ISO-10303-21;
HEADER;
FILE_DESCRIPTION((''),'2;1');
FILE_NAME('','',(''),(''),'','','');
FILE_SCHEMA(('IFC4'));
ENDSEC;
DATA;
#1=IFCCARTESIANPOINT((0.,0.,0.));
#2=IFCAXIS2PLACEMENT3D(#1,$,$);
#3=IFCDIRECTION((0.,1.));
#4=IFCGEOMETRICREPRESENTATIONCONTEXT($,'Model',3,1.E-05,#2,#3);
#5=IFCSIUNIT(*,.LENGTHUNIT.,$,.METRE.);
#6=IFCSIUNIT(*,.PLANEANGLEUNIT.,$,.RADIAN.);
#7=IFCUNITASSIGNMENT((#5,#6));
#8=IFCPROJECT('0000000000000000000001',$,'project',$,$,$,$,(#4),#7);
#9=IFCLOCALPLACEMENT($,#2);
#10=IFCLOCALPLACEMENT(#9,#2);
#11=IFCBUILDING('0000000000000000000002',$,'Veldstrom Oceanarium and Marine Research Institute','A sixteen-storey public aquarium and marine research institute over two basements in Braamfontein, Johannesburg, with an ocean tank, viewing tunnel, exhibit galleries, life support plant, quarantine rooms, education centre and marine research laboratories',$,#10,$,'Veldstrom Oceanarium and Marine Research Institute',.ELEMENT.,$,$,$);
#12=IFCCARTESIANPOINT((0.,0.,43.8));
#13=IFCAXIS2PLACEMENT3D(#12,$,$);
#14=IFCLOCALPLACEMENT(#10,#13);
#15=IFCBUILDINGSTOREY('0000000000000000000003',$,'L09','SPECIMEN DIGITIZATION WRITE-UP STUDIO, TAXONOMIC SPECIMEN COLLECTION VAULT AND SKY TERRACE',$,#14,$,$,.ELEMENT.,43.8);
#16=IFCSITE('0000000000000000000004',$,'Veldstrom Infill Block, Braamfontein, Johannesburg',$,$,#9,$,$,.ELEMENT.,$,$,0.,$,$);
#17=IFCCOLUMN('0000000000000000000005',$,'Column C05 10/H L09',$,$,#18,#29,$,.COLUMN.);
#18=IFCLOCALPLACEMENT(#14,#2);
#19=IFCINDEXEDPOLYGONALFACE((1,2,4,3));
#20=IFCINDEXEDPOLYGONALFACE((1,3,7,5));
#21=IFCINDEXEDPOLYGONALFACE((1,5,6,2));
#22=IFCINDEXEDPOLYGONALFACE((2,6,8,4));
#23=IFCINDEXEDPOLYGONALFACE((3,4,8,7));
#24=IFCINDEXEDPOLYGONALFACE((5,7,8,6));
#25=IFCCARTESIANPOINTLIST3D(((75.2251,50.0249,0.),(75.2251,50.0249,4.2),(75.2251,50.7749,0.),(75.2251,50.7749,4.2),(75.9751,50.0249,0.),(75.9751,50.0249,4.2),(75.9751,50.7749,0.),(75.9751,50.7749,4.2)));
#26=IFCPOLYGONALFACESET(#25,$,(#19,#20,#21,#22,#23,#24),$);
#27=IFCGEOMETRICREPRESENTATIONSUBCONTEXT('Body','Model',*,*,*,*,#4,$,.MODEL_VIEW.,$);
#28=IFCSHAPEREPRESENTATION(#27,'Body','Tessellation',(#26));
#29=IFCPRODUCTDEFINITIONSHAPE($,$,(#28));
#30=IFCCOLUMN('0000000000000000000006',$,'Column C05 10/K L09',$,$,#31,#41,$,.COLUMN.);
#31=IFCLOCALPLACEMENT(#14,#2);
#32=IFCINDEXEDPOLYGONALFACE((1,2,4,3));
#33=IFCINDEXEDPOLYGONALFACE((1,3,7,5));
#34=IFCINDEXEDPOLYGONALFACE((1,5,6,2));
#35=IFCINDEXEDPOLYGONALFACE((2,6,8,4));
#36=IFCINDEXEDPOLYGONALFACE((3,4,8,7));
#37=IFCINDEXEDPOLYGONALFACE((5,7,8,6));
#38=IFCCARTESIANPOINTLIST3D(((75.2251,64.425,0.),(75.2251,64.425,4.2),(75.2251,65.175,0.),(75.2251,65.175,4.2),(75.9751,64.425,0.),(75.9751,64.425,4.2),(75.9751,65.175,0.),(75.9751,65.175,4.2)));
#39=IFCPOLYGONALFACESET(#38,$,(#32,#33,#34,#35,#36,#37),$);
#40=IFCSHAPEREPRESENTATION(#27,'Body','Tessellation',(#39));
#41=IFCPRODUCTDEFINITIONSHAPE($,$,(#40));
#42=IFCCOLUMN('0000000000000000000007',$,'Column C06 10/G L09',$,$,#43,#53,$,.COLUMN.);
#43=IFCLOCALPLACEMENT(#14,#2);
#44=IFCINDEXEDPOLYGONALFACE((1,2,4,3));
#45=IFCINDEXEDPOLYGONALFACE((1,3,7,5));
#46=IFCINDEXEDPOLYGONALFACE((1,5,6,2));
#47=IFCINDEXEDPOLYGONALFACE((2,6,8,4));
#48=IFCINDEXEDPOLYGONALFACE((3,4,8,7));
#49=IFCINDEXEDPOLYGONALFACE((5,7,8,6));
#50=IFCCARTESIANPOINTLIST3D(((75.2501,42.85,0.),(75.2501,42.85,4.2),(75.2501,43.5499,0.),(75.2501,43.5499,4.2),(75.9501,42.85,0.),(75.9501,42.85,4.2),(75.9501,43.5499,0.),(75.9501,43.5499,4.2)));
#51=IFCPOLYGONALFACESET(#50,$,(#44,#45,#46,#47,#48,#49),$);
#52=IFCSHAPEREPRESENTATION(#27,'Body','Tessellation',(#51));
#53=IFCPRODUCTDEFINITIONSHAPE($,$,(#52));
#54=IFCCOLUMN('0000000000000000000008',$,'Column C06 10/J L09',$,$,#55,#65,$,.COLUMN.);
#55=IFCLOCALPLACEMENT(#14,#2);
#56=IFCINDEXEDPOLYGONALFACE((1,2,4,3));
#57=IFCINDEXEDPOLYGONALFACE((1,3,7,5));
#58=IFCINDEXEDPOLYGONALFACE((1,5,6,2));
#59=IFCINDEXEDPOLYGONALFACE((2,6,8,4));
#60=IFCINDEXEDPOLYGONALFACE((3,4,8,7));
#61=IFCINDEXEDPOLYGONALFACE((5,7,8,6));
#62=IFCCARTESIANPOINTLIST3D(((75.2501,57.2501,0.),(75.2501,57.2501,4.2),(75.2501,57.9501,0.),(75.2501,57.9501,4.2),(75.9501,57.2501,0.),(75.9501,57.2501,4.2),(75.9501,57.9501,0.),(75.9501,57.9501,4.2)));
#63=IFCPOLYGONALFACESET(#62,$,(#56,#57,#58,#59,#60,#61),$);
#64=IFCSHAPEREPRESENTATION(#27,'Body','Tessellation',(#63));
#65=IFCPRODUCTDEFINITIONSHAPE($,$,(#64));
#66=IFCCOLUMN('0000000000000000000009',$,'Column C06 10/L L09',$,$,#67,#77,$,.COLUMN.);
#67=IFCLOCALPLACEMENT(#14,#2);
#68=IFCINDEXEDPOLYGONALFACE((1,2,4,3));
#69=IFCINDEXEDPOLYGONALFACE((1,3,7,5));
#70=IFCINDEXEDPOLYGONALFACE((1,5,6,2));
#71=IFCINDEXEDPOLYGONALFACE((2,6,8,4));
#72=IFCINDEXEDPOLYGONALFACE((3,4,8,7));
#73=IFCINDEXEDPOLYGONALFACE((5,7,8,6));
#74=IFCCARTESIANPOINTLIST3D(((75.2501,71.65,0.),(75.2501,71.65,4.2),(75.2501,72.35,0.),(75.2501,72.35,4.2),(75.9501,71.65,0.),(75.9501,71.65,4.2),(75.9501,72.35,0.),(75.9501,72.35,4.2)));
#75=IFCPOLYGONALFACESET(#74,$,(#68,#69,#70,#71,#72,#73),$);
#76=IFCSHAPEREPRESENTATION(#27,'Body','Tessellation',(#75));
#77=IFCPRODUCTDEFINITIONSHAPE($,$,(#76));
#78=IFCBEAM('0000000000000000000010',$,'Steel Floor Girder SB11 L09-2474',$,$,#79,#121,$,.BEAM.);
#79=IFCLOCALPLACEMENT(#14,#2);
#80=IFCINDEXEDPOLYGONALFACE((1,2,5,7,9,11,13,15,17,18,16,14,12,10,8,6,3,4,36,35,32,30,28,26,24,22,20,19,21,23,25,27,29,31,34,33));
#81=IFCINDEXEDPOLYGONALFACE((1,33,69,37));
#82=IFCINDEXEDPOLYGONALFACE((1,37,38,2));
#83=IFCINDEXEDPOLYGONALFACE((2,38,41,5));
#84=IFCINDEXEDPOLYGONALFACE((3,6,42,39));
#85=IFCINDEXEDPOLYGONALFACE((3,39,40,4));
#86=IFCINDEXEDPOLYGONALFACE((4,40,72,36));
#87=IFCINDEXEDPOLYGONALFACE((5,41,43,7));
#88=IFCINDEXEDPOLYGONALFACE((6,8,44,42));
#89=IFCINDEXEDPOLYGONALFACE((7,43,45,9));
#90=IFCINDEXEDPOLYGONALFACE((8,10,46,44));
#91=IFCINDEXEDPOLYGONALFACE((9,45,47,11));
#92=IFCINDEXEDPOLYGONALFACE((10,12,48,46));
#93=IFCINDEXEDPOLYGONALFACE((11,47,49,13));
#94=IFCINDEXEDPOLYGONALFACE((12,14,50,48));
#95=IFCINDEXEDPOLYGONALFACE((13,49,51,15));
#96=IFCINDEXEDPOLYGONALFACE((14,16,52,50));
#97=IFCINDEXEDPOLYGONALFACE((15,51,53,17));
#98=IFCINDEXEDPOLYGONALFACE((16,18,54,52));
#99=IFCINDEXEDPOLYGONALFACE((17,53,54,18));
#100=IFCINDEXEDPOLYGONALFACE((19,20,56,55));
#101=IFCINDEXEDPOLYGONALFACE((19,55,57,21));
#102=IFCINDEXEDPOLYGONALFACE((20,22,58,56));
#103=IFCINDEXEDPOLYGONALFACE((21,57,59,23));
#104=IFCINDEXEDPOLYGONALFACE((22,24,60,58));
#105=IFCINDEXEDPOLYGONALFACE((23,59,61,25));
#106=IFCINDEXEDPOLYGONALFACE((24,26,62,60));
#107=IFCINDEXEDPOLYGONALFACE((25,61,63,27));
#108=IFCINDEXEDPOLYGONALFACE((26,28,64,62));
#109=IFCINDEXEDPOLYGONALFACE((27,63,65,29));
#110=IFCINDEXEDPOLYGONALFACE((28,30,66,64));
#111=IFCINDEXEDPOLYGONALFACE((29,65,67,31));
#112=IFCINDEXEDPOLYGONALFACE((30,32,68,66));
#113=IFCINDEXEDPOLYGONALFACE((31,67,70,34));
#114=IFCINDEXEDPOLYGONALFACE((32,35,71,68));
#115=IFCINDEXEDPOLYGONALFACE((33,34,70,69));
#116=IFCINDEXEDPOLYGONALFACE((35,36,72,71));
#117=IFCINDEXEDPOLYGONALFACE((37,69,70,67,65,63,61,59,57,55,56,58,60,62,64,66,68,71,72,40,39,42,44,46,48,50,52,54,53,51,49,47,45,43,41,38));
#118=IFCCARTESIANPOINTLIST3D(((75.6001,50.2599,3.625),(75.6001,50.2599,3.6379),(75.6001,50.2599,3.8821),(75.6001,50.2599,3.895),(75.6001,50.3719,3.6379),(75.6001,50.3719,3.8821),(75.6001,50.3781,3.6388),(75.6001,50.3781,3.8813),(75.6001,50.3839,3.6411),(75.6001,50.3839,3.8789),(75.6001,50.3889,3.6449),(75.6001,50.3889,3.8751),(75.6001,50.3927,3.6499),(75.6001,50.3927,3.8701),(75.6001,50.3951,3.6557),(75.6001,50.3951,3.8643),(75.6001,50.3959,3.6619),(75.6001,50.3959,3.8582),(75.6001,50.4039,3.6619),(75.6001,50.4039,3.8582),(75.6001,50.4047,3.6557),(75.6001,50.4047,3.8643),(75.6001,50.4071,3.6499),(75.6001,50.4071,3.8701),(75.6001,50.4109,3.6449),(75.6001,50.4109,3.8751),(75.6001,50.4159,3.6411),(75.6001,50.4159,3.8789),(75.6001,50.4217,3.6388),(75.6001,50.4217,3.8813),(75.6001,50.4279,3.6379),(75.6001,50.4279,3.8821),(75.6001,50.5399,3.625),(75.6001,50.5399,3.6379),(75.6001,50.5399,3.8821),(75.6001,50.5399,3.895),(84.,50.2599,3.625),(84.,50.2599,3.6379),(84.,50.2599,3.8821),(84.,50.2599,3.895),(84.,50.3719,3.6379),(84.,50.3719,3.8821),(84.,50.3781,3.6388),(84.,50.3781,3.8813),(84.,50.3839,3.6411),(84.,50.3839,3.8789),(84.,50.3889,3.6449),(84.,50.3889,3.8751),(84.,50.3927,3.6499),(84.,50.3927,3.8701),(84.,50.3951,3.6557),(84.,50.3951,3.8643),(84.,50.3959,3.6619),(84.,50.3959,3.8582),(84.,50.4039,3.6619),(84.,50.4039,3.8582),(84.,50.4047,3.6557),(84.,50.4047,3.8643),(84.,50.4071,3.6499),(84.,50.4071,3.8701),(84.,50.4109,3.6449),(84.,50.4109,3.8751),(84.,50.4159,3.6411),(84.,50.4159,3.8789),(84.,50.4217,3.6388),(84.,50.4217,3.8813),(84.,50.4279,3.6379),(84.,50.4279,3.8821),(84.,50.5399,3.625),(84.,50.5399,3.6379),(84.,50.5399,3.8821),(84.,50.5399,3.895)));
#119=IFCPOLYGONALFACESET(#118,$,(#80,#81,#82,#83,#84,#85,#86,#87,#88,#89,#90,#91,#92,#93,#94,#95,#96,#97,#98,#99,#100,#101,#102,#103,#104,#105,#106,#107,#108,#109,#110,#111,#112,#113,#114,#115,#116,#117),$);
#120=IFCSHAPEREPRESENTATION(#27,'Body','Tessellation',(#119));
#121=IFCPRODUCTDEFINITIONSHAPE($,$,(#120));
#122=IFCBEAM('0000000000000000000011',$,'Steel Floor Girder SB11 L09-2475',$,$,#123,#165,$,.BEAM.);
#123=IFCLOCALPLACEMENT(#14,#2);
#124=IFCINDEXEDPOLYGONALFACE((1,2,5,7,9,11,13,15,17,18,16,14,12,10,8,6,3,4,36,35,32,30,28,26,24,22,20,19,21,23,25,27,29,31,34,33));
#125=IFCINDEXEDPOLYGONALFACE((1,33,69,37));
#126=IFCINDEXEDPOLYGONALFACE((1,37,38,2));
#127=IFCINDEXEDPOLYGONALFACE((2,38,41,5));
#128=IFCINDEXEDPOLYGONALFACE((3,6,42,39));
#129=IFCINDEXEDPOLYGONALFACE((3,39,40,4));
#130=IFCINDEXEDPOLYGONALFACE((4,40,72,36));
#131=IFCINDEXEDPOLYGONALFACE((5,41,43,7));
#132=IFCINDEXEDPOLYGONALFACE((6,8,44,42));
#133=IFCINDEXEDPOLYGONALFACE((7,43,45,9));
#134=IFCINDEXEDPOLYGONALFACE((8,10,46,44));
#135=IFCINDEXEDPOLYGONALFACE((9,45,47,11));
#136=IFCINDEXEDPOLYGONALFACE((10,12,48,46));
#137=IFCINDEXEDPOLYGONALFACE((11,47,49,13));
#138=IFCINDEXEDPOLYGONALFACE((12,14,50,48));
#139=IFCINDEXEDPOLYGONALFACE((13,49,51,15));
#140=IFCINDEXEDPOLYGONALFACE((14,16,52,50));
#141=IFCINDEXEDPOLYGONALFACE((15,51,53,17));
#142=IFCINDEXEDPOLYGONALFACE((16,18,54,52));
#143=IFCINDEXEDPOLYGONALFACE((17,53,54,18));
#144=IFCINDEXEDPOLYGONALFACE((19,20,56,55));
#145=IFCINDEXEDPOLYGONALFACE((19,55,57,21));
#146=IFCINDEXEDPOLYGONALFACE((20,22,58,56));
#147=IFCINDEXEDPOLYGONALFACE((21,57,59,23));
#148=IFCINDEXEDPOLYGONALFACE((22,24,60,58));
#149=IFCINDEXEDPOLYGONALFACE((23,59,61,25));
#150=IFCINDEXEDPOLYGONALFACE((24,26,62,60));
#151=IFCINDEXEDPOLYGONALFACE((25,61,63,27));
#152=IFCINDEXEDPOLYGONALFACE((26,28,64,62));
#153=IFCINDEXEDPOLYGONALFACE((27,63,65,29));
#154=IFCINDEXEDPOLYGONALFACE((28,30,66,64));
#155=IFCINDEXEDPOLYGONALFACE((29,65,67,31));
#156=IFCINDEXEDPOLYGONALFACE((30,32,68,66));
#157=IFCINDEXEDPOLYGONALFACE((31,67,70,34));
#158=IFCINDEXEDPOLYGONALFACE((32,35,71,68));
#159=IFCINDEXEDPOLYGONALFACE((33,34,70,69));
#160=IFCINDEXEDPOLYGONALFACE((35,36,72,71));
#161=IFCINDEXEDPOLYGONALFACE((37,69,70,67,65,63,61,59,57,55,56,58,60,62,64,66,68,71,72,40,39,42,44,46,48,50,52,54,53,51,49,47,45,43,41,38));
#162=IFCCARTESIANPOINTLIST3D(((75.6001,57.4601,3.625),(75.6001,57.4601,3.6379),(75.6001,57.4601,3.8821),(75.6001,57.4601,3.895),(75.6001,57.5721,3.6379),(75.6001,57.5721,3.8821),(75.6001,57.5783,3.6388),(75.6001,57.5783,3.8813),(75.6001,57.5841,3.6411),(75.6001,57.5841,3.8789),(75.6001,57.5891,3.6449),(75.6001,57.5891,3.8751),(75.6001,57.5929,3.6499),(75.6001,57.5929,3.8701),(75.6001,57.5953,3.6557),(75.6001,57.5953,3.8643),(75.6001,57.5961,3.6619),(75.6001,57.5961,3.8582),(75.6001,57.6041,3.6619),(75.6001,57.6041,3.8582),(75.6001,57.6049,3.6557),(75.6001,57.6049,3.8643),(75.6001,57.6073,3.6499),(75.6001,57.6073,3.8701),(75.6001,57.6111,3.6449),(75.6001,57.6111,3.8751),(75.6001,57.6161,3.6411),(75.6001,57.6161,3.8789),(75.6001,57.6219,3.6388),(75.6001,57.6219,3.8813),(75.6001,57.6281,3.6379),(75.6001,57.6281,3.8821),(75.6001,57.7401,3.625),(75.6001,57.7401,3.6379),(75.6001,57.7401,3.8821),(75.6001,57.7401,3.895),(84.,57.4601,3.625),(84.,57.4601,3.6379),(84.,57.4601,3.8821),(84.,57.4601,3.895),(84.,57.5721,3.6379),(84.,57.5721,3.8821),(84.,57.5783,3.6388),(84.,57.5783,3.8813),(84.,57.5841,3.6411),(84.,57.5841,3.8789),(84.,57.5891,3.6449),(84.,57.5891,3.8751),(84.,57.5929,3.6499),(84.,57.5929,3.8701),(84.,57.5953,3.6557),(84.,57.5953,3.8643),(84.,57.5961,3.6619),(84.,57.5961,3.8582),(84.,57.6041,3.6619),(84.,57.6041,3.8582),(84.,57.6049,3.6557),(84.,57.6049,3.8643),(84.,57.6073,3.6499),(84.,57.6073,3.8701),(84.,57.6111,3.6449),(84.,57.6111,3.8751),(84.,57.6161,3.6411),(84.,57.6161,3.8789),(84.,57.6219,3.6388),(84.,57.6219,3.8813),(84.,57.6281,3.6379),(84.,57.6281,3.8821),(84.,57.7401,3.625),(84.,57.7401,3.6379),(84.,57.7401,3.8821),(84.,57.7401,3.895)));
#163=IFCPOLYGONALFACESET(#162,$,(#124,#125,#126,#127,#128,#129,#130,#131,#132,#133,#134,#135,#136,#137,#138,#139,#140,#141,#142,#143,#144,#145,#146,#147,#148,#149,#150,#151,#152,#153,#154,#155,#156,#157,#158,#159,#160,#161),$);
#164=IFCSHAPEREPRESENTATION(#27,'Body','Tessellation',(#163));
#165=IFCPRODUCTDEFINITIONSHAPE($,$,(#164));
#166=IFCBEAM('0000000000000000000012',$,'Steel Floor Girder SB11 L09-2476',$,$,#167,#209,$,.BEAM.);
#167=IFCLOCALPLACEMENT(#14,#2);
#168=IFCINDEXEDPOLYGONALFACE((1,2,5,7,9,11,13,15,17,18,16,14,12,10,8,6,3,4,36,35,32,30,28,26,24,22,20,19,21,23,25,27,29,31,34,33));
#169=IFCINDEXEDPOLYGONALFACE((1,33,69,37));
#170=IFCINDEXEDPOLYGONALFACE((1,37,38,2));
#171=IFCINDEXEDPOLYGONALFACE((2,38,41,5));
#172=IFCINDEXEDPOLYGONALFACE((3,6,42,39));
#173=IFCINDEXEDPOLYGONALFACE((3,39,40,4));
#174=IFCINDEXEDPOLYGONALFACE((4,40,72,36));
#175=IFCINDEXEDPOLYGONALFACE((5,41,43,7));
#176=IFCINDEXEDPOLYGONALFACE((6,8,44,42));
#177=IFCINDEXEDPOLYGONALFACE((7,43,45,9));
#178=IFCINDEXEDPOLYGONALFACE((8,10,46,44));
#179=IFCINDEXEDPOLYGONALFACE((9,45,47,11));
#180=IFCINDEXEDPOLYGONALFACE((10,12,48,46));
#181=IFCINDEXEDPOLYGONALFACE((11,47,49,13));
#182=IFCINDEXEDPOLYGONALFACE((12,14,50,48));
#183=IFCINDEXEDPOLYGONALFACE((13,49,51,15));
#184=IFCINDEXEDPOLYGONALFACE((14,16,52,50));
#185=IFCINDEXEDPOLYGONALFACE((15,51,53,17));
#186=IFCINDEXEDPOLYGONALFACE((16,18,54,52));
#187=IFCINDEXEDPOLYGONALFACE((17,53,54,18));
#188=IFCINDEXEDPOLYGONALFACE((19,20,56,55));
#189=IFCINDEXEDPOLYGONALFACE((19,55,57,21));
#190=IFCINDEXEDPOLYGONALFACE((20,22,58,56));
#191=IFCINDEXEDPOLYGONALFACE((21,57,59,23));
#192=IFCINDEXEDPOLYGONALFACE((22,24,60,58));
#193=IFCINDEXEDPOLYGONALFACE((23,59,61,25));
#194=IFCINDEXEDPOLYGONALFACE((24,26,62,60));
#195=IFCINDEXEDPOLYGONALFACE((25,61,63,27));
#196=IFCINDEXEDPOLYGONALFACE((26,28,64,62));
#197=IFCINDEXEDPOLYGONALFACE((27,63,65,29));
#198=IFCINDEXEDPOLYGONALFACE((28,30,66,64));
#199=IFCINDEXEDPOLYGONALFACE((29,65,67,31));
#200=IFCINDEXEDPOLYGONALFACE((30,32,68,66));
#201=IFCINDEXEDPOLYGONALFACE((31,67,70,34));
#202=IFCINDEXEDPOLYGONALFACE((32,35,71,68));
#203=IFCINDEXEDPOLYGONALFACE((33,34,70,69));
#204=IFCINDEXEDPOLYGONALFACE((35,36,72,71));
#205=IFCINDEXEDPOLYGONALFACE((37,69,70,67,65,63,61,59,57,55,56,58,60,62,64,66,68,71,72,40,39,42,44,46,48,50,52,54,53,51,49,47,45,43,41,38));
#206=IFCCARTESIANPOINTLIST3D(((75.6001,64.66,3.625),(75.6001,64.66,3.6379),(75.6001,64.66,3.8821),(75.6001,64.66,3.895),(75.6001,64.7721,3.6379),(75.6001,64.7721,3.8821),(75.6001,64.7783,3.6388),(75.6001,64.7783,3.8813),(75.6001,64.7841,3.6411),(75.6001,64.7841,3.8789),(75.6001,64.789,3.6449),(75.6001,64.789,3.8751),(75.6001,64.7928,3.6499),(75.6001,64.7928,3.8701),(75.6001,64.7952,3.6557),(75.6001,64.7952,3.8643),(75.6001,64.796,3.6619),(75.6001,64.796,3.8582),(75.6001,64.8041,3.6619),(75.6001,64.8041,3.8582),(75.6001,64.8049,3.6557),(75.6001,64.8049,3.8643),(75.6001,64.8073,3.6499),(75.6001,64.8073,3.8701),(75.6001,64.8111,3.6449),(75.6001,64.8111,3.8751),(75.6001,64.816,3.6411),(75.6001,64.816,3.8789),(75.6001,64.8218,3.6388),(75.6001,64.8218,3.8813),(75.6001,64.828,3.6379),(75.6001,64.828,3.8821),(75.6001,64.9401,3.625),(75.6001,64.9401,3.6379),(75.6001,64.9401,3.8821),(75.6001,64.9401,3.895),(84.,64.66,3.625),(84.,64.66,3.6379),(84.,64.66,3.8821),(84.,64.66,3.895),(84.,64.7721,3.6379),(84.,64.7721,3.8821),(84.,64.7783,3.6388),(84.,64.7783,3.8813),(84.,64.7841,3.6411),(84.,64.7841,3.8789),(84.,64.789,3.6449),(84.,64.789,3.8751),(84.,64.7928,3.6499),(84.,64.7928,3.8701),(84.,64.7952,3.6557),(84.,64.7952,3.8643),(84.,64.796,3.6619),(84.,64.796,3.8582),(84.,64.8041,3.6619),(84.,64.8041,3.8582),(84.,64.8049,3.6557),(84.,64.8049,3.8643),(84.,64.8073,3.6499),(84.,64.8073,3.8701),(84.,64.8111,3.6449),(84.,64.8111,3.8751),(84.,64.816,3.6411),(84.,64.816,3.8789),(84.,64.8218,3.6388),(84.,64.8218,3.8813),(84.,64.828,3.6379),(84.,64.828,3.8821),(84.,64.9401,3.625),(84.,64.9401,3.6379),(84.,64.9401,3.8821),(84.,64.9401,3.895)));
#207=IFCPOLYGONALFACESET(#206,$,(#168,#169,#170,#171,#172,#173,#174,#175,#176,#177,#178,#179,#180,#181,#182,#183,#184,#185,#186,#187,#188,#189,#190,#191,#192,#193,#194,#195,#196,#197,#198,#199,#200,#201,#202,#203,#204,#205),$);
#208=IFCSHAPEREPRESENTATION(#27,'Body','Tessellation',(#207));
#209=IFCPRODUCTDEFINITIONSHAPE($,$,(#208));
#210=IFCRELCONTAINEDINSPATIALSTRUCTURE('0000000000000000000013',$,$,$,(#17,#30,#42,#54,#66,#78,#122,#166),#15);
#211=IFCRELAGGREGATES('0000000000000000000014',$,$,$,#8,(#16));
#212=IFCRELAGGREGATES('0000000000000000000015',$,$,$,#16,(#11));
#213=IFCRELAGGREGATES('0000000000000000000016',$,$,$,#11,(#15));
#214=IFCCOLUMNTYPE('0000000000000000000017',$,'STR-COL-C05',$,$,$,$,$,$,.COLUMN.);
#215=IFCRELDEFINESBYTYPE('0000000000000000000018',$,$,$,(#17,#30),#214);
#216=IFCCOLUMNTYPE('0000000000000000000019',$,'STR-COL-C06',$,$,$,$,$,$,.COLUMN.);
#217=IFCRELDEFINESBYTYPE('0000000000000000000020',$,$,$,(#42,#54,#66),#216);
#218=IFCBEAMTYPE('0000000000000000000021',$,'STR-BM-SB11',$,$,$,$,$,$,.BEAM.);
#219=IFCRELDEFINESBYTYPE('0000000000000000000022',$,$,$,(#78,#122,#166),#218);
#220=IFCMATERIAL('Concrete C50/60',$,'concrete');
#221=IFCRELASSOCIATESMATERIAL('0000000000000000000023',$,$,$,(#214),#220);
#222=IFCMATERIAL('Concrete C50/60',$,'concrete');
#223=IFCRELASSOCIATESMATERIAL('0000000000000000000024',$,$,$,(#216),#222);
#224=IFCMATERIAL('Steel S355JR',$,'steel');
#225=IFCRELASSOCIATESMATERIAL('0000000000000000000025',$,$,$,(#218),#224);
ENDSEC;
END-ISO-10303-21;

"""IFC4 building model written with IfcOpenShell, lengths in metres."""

from ifc_helpers import new_model, si_unit, direction, frame, origin, origin_2d, place, context, subcontext, project, spatial, rectangle, i_section, extrude, material, material_profile, profile_set, type_object, element, save


model = new_model("IFC4")

# Units and contexts
model_context = context("Model", 3, precision=1e-05, world=origin(), true_north=direction((0.0, 1.0)))
body_context = subcontext(model_context, "Body", "Model", "MODEL_VIEW")
ifc_project = project(units=[si_unit("LENGTHUNIT", "METRE"), si_unit("PLANEANGLEUNIT", "RADIAN")], contexts=[model_context])

# Site, building, storey
site_placement = place(None, origin())
site = spatial("IfcSite", under=ifc_project, at=site_placement, Name="Veldstrom Infill Block, Braamfontein, Johannesburg", CompositionType="ELEMENT", RefElevation=0.0)
building_placement = place(site_placement, origin())
building = spatial("IfcBuilding", under=site, at=building_placement, Name="Veldstrom Oceanarium and Marine Research Institute", Description="A sixteen-storey public aquarium and marine research institute over two basements in Braamfontein, Johannesburg, with an ocean tank, viewing tunnel, exhibit galleries, life support plant, quarantine rooms, education centre and marine research laboratories", LongName="Veldstrom Oceanarium and Marine Research Institute", CompositionType="ELEMENT")
storey_placement = place(building_placement, frame((0.0, 0.0, 43.8)))
storey = spatial("IfcBuildingStorey", under=building, at=storey_placement, Name="L09", Description="SPECIMEN DIGITIZATION WRITE-UP STUDIO, TAXONOMIC SPECIMEN COLLECTION VAULT AND SKY TERRACE", CompositionType="ELEMENT", Elevation=43.8)

# Columns
ifc_material_1 = material(Name="Concrete C50/60", Category="concrete")
ifc_material_profile_1 = material_profile(ifc_material_1, rectangle(XDim=0.75, YDim=0.75, at=origin_2d()), Name="RC-COL-750x750")
ifc_profile_set_1 = profile_set([ifc_material_profile_1], Name="Concrete C50/60")
column_type_1 = type_object("IfcColumnType", Name="STR-COL-C05", PredefinedType="COLUMN", material=ifc_profile_set_1)
for number, where, z_axis, x_axis, name in (
    (1, (75.6001, 50.3999, 0.0), (0.0, 0.0, 1.0), (1.0, 0.0, 0.0), "Column C05 10/H L09"),
    (2, (75.6001, 64.8, 0.0), (0.0, 0.0, 1.0), (1.0, 0.0, 0.0), "Column C05 10/K L09"),
):
    element("IfcColumn", number, at=place(storey_placement, frame(where, z_axis=z_axis, x_axis=x_axis)), inside=storey, type_object=column_type_1, Name=name, PredefinedType="COLUMN", context=body_context, shape_type="SweptSolid", body=[
        extrude(rectangle(XDim=0.75, YDim=0.75, at=origin_2d()), origin(), (0.0, 0.0, 1.0), 4.2),
    ])
ifc_material_2 = material(Name="Concrete C50/60", Category="concrete")
ifc_material_profile_2 = material_profile(ifc_material_2, rectangle(XDim=0.7, YDim=0.7, at=origin_2d()), Name="RC-COL-700x700")
ifc_profile_set_2 = profile_set([ifc_material_profile_2], Name="Concrete C50/60")
column_type_2 = type_object("IfcColumnType", Name="STR-COL-C06", PredefinedType="COLUMN", material=ifc_profile_set_2)
for number, where, z_axis, x_axis, name in (
    (3, (75.6001, 43.2, 0.0), (0.0, 0.0, 1.0), (1.0, 0.0, 0.0), "Column C06 10/G L09"),
    (4, (75.6001, 57.6001, 0.0), (0.0, 0.0, 1.0), (1.0, 0.0, 0.0), "Column C06 10/J L09"),
    (5, (75.6001, 72.0, 0.0), (0.0, 0.0, 1.0), (1.0, 0.0, 0.0), "Column C06 10/L L09"),
):
    element("IfcColumn", number, at=place(storey_placement, frame(where, z_axis=z_axis, x_axis=x_axis)), inside=storey, type_object=column_type_2, Name=name, PredefinedType="COLUMN", context=body_context, shape_type="SweptSolid", body=[
        extrude(rectangle(XDim=0.7, YDim=0.7, at=origin_2d()), origin(), (0.0, 0.0, 1.0), 4.2),
    ])

# Beams
ifc_material_3 = material(Name="Steel S355JR", Category="steel")
ifc_material_profile_3 = material_profile(ifc_material_3, i_section(OverallWidth=0.28, OverallDepth=0.27, WebThickness=0.0081, FlangeThickness=0.0129, FilletRadius=0.0239, at=origin_2d()), Name="HEA 280")
ifc_profile_set_3 = profile_set([ifc_material_profile_3], Name="Steel S355JR")
beam_type_1 = type_object("IfcBeamType", Name="STR-BM-SB11", PredefinedType="BEAM", material=ifc_profile_set_3)
for number, where, z_axis, x_axis, name in (
    (6, (75.6001, 50.3999, 3.76), (1.0, 0.0, 0.0), (0.0, 1.0, 0.0), "Steel Floor Girder SB11 L09-2474"),
    (7, (75.6001, 57.6001, 3.76), (1.0, 0.0, 0.0), (0.0, 1.0, 0.0), "Steel Floor Girder SB11 L09-2475"),
    (8, (75.6001, 64.8, 3.76), (1.0, 0.0, 0.0), (0.0, 1.0, 0.0), "Steel Floor Girder SB11 L09-2476"),
):
    element("IfcBeam", number, at=place(storey_placement, frame(where, z_axis=z_axis, x_axis=x_axis)), inside=storey, type_object=beam_type_1, Name=name, PredefinedType="BEAM", context=body_context, shape_type="SweptSolid", body=[
        extrude(i_section(OverallWidth=0.28, OverallDepth=0.27, WebThickness=0.0081, FlangeThickness=0.0129, FilletRadius=0.0239, at=origin_2d()), origin(), (0.0, 0.0, 1.0), 8.3999),
    ])

save(model, "model.ifc")
